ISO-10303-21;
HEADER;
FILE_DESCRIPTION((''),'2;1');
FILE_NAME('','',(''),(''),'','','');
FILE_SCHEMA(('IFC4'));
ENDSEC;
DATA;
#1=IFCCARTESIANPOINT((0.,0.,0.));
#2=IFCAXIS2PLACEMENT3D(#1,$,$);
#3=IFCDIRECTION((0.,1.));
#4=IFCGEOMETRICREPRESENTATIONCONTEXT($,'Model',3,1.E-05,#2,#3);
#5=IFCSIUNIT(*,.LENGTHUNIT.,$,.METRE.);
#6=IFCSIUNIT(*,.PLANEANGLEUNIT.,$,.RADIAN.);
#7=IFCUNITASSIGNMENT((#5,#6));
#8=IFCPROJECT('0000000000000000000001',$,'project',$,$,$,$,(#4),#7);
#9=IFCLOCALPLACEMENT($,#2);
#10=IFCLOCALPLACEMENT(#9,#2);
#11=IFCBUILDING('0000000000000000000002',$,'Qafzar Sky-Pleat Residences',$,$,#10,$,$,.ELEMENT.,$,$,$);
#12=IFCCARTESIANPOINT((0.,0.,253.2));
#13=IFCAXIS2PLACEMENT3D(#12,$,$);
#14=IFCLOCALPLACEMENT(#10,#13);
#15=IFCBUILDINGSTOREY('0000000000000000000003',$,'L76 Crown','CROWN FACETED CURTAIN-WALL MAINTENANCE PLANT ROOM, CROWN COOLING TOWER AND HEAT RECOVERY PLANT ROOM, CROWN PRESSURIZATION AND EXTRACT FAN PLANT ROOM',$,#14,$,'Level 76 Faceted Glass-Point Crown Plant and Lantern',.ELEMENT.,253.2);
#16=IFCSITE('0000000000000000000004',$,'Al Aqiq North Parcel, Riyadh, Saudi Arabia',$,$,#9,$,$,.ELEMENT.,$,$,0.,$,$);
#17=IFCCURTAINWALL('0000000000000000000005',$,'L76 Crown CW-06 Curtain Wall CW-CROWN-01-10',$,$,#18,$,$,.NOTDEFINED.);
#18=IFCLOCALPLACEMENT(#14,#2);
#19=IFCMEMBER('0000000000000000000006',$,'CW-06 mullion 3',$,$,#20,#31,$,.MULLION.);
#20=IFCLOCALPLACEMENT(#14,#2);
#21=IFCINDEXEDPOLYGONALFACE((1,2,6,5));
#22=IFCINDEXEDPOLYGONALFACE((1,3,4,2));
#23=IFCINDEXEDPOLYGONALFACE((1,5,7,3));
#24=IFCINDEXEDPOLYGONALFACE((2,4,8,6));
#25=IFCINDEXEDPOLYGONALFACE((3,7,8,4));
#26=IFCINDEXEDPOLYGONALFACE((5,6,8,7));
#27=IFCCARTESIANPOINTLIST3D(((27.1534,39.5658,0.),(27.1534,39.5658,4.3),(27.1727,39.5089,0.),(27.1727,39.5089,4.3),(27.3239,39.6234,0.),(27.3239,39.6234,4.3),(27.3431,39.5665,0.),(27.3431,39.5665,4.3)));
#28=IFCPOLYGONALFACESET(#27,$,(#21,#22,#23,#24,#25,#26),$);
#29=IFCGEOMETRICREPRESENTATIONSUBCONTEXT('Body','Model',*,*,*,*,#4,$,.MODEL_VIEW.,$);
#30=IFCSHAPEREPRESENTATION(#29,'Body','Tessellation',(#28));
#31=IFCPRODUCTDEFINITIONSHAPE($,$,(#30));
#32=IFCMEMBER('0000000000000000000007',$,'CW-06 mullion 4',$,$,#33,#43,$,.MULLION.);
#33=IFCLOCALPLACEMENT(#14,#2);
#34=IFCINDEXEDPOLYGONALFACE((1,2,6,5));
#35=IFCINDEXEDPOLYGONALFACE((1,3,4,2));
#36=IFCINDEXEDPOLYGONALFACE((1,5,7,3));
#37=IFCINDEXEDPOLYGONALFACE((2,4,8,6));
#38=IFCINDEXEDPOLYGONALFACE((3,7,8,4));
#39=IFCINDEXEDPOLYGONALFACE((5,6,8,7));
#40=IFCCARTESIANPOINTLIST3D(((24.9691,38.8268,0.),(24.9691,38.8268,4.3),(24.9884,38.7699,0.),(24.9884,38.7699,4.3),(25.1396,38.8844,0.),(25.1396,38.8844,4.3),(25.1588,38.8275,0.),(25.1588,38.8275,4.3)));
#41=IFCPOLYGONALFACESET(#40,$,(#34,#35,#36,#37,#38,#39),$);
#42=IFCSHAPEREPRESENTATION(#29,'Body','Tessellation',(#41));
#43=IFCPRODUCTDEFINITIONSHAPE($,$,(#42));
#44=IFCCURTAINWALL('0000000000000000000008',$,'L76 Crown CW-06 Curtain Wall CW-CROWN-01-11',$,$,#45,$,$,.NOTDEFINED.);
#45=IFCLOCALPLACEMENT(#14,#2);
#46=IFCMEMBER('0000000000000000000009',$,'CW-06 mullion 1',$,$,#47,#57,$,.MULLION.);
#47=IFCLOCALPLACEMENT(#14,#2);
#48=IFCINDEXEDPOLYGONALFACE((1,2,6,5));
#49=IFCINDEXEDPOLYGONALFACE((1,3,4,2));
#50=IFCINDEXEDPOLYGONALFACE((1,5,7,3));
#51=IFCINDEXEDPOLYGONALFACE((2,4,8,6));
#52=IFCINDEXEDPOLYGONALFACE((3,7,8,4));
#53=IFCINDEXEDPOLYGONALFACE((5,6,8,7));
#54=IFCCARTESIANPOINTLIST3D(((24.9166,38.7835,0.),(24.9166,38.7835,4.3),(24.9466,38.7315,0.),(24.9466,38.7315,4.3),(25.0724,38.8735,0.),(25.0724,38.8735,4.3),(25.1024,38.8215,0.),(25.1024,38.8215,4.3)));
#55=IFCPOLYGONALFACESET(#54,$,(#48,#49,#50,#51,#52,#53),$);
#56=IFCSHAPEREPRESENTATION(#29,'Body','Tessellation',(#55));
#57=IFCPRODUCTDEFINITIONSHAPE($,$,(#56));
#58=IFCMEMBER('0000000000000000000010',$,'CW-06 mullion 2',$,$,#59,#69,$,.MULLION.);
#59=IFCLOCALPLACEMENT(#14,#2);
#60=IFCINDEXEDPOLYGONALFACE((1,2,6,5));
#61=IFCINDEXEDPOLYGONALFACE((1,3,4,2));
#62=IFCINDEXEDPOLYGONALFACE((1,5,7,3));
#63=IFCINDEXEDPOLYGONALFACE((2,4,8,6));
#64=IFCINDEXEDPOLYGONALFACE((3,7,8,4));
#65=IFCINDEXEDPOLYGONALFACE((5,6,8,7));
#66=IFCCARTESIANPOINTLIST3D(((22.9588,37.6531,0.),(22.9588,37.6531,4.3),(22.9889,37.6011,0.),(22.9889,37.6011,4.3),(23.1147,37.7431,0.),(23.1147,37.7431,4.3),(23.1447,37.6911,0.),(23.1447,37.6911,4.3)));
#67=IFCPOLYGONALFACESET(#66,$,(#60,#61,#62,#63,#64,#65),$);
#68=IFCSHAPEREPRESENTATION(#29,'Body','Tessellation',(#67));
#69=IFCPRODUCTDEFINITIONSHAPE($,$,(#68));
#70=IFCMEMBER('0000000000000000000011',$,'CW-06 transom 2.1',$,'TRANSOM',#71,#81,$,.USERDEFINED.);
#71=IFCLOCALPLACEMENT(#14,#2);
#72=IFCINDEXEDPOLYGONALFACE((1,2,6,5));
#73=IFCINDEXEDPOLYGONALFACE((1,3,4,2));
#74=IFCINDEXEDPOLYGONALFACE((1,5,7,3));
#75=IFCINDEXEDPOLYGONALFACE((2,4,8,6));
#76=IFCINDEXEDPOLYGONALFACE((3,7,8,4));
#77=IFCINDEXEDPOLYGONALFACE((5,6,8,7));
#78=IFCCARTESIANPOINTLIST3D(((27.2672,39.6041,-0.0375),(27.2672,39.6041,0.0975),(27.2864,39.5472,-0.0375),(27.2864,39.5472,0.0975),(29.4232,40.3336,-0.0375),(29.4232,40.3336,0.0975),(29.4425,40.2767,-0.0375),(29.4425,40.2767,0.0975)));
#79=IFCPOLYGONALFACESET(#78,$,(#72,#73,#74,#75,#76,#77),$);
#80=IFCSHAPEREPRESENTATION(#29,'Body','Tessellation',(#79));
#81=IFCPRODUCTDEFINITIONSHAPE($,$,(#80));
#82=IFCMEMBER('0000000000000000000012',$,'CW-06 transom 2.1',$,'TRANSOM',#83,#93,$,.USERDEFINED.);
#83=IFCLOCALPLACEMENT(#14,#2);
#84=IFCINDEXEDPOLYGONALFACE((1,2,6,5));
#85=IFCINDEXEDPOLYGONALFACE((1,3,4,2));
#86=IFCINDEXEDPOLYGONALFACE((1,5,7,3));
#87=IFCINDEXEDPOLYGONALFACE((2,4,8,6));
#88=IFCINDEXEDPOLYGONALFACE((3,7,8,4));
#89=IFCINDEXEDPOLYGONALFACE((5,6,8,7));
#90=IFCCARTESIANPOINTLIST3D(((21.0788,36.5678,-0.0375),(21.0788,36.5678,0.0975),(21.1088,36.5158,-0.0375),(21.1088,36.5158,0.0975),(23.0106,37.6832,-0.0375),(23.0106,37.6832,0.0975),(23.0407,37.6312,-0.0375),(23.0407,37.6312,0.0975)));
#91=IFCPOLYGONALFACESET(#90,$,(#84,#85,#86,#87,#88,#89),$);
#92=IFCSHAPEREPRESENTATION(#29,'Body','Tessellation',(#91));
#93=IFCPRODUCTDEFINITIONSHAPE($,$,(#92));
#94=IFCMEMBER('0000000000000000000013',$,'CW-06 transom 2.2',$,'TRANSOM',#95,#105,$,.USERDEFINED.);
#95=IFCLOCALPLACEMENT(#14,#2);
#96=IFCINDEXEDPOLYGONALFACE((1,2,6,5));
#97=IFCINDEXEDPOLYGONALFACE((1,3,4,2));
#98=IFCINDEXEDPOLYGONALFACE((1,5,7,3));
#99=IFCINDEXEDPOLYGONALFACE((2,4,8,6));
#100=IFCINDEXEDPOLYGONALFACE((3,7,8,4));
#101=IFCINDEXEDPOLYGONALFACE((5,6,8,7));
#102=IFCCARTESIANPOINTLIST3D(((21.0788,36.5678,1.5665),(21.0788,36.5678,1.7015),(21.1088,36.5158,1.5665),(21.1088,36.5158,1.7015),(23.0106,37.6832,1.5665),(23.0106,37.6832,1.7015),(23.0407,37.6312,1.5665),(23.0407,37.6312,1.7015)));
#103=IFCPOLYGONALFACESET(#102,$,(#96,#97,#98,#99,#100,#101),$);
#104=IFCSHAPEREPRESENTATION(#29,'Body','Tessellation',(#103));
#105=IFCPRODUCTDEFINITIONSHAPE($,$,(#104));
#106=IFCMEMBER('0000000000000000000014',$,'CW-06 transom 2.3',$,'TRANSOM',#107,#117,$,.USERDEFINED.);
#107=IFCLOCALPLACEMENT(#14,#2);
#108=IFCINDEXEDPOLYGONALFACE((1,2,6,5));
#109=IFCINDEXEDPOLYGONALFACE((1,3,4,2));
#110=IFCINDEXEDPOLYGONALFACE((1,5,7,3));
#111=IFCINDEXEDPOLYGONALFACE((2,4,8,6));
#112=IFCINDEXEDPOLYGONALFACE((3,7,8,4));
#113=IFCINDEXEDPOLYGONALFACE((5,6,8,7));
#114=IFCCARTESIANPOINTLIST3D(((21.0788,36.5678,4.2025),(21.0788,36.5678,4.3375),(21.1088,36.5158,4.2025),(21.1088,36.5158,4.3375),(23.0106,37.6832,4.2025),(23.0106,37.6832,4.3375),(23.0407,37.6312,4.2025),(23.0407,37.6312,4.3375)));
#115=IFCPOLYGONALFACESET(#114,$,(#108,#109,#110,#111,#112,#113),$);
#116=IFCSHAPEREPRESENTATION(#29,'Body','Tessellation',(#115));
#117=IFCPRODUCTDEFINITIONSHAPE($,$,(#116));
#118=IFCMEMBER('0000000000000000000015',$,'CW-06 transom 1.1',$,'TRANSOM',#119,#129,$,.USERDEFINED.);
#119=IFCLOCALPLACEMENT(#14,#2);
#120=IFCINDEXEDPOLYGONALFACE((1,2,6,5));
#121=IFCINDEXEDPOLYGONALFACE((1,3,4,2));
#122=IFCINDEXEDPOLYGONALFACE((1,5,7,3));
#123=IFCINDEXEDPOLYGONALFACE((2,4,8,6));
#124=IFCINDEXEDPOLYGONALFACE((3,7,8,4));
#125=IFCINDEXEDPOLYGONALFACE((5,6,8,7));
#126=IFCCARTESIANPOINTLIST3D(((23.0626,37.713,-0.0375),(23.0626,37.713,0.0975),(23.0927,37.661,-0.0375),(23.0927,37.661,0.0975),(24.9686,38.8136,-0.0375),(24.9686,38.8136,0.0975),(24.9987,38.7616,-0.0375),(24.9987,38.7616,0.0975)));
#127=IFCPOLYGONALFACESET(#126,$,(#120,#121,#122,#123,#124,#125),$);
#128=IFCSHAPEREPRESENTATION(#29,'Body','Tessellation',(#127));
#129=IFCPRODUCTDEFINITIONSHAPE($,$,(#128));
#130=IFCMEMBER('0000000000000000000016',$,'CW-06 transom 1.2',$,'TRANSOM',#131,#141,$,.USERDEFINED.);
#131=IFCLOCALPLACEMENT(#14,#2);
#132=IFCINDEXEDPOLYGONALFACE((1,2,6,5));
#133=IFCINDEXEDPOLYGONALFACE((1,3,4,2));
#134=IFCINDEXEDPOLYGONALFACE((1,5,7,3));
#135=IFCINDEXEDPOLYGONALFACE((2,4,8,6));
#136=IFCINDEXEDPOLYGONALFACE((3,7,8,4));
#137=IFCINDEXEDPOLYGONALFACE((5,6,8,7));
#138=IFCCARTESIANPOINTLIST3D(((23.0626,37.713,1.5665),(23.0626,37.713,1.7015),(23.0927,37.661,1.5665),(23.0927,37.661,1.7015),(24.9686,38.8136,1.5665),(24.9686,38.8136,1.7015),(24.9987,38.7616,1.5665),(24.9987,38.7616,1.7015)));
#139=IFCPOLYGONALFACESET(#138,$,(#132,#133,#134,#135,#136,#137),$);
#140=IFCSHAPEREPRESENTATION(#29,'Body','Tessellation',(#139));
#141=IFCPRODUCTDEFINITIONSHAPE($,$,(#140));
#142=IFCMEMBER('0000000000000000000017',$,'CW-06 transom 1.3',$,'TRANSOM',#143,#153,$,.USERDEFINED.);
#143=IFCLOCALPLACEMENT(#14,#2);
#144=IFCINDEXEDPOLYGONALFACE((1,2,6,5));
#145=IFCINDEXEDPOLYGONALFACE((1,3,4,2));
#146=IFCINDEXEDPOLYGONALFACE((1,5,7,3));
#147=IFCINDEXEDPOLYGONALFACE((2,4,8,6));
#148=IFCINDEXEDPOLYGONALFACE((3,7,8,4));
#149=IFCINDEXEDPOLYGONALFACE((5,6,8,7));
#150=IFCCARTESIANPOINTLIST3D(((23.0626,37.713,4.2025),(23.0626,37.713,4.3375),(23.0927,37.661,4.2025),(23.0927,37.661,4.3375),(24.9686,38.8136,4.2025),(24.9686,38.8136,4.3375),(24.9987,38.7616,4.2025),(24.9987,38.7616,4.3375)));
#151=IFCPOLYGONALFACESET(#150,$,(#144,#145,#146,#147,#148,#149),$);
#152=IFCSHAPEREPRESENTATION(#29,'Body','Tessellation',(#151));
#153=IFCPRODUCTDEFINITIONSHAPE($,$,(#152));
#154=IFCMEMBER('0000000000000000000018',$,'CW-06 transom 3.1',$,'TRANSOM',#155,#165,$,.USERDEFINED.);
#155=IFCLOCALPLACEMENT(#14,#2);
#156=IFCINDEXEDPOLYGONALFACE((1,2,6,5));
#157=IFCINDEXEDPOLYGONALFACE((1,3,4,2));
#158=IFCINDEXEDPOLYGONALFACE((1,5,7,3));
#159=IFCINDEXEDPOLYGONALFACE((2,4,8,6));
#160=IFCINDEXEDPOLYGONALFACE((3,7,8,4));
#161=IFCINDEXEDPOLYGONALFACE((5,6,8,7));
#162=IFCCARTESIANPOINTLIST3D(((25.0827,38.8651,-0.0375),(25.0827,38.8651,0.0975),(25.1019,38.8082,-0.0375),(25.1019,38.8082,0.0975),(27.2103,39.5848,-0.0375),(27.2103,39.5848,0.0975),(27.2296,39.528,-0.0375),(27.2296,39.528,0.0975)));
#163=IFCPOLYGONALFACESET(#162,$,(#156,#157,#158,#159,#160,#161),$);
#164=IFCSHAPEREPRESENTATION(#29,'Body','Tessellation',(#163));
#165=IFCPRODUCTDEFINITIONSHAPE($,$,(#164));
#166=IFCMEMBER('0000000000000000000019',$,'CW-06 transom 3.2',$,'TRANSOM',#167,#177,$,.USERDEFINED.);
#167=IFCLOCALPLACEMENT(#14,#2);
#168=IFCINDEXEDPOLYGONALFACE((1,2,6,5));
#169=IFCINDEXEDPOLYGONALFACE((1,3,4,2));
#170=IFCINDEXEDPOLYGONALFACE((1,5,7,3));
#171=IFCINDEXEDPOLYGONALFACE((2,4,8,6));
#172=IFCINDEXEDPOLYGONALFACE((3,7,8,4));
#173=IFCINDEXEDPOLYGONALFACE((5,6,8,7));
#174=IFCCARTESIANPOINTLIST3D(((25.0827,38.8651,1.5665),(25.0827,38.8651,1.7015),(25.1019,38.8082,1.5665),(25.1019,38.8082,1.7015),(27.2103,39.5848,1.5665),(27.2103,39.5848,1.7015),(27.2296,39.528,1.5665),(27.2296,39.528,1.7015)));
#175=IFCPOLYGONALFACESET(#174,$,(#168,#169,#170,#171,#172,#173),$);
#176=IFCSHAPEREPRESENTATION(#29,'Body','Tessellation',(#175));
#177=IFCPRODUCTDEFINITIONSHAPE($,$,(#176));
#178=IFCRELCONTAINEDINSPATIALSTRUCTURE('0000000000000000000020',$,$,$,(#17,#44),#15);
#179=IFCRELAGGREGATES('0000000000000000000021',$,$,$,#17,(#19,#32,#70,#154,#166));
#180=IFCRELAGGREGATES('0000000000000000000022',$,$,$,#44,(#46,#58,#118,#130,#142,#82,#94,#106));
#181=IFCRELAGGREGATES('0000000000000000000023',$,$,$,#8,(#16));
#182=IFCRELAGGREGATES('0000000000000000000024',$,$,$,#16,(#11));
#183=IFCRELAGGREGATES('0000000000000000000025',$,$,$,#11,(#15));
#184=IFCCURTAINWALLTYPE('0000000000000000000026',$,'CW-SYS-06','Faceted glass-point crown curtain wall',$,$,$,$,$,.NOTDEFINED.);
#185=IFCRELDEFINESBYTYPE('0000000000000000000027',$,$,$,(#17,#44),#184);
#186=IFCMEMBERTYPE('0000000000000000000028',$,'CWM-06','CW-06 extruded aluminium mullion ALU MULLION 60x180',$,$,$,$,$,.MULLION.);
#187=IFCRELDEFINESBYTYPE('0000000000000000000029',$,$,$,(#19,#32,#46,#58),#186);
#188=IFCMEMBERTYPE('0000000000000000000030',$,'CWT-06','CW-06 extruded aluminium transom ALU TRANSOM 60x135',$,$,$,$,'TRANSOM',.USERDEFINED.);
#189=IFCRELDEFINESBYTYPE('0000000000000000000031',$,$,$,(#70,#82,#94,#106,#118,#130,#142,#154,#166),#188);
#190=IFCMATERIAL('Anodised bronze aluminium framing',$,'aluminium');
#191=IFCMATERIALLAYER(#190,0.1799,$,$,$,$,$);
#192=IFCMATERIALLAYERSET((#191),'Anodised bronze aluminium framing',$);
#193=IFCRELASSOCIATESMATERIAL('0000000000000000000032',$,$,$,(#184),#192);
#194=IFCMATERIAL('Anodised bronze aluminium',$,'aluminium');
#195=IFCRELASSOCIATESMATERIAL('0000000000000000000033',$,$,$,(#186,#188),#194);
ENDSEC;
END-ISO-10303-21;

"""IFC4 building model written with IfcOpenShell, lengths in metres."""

from ifc_helpers import new_model, si_unit, direction, frame, origin, origin_2d, place, context, subcontext, project, spatial, rectangle, extrude, source, transform, mapped, material, layer, layer_set, material_profile, profile_set, type_object, element, aggregate, save


model = new_model("IFC4")

# Units and contexts
model_context = context("Model", 3, precision=1e-05, world=origin(), true_north=direction((0.0, 1.0)))
body_context = subcontext(model_context, "Body", "Model", "MODEL_VIEW")
ifc_project = project(units=[si_unit("LENGTHUNIT", "METRE"), si_unit("PLANEANGLEUNIT", "RADIAN")], contexts=[model_context])

# Site, building, storey
site_placement = place(None, origin())
site = spatial("IfcSite", under=ifc_project, at=site_placement, Name="Al Aqiq North Parcel, Riyadh, Saudi Arabia", CompositionType="ELEMENT", RefElevation=0.0)
building_placement = place(site_placement, origin())
building = spatial("IfcBuilding", under=site, at=building_placement, Name="Qafzar Sky-Pleat Residences", CompositionType="ELEMENT")
storey_placement = place(building_placement, frame((0.0, 0.0, 253.2)))
storey = spatial("IfcBuildingStorey", under=building, at=storey_placement, Name="L76 Crown", Description="CROWN FACETED CURTAIN-WALL MAINTENANCE PLANT ROOM, CROWN COOLING TOWER AND HEAT RECOVERY PLANT ROOM, CROWN PRESSURIZATION AND EXTRACT FAN PLANT ROOM", LongName="Level 76 Faceted Glass-Point Crown Plant and Lantern", CompositionType="ELEMENT", Elevation=253.2)

# Curtain walls, members
ifc_material_1 = material(Name="Anodised bronze aluminium framing", Category="aluminium")
ifc_layer_1 = layer(ifc_material_1, 0.1799)
ifc_layer_set_1 = layer_set([ifc_layer_1], Name="Anodised bronze aluminium framing")
curtain_wall_type = type_object("IfcCurtainWallType", Name="CW-SYS-06", Description="Faceted glass-point crown curtain wall", PredefinedType="NOTDEFINED", material=ifc_layer_set_1)
curtain_wall_1_placement = place(storey_placement, origin())
curtain_wall_1 = element("IfcCurtainWall", 1, at=curtain_wall_1_placement, inside=storey, type_object=curtain_wall_type, Name="L76 Crown CW-06 Curtain Wall CW-CROWN-01-10", PredefinedType="NOTDEFINED")
ifc_material_2 = material(Name="Anodised bronze aluminium", Category="aluminium")
ifc_material_profile_1 = material_profile(ifc_material_2, rectangle(XDim=0.0601, YDim=0.1799, at=origin_2d()), Name="ALU MULLION 60x180")
ifc_profile_set_1 = profile_set([ifc_material_profile_1], Name="Anodised bronze aluminium")
member_type_1 = type_object("IfcMemberType", Name="CWM-06", Description="CW-06 extruded aluminium mullion ALU MULLION 60x180", PredefinedType="MULLION", material=ifc_profile_set_1)
shared_shape_1 = source(origin(), body_context, "Body", "SweptSolid", [
    extrude(rectangle(XDim=0.0601, YDim=0.1799, at=origin_2d()), origin(), (0.0, 0.0, 1.0), 4.3),
])
member_1_placement = place(storey_placement, frame((27.2483, 39.5662, 0.0), z_axis=(0.0, 0.0, 1.0), x_axis=(0.320454, -0.947264, 0.0)))
member_1 = element("IfcMember", 2, at=member_1_placement, type_object=member_type_1, Name="CW-06 mullion 3", PredefinedType="MULLION", context=body_context, shape_type="MappedRepresentation", body=[
    mapped(shared_shape_1, transform((0.0, 0.0, 0.0), x_axis=(1.0, 0.0, 0.0), y_axis=(0.0, 1.0, 0.0), z_axis=(0.0, 0.0, 1.0), scale=1.0)),
])
member_2_placement = place(storey_placement, frame((25.064, 38.8271, 0.0), z_axis=(0.0, 0.0, 1.0), x_axis=(0.320454, -0.947264, 0.0)))
member_2 = element("IfcMember", 3, at=member_2_placement, type_object=member_type_1, Name="CW-06 mullion 4", PredefinedType="MULLION", context=body_context, shape_type="MappedRepresentation", body=[
    mapped(shared_shape_1, transform((0.0, 0.0, 0.0), x_axis=(1.0, 0.0, 0.0), y_axis=(0.0, 1.0, 0.0), z_axis=(0.0, 0.0, 1.0), scale=1.0)),
])
curtain_wall_2_placement = place(storey_placement, origin())
curtain_wall_2 = element("IfcCurtainWall", 4, at=curtain_wall_2_placement, inside=storey, type_object=curtain_wall_type, Name="L76 Crown CW-06 Curtain Wall CW-CROWN-01-11", PredefinedType="NOTDEFINED")
member_3_placement = place(storey_placement, frame((25.0095, 38.8025, 0.0), z_axis=(0.0, 0.0, 1.0), x_axis=(0.5, -0.866025, 0.0)))
member_3 = element("IfcMember", 5, at=member_3_placement, type_object=member_type_1, Name="CW-06 mullion 1", PredefinedType="MULLION", context=body_context, shape_type="MappedRepresentation", body=[
    mapped(shared_shape_1, transform((0.0, 0.0, 0.0), x_axis=(1.0, 0.0, 0.0), y_axis=(0.0, 1.0, 0.0), z_axis=(0.0, 0.0, 1.0), scale=1.0)),
])
member_4_placement = place(storey_placement, frame((23.0518, 37.6721, 0.0), z_axis=(0.0, 0.0, 1.0), x_axis=(0.5, -0.866025, 0.0)))
member_4 = element("IfcMember", 6, at=member_4_placement, type_object=member_type_1, Name="CW-06 mullion 2", PredefinedType="MULLION", context=body_context, shape_type="MappedRepresentation", body=[
    mapped(shared_shape_1, transform((0.0, 0.0, 0.0), x_axis=(1.0, 0.0, 0.0), y_axis=(0.0, 1.0, 0.0), z_axis=(0.0, 0.0, 1.0), scale=1.0)),
])

# Members
ifc_material_profile_2 = material_profile(ifc_material_2, rectangle(XDim=0.0601, YDim=0.135, at=origin_2d()), Name="ALU TRANSOM 60x135")
ifc_profile_set_2 = profile_set([ifc_material_profile_2], Name="Anodised bronze aluminium")
member_type_2 = type_object("IfcMemberType", Name="CWT-06", Description="CW-06 extruded aluminium transom ALU TRANSOM 60x135", ElementType="TRANSOM", PredefinedType="USERDEFINED", material=ifc_profile_set_2)
shared_shape_2 = source(origin(), body_context, "Body", "SweptSolid", [
    extrude(rectangle(XDim=0.0601, YDim=0.135, at=origin_2d()), origin(), (0.0, 0.0, 1.0), 2.2761),
])
member_5_placement = place(storey_placement, frame((29.4329, 40.3052, 0.03), z_axis=(-0.947247, -0.320504, 0.0), x_axis=(0.320504, -0.947247, 0.0)))
member_5 = element("IfcMember", 7, at=member_5_placement, type_object=member_type_2, Name="CW-06 transom 2.1", ObjectType="TRANSOM", PredefinedType="USERDEFINED", context=body_context, shape_type="MappedRepresentation", body=[
    mapped(shared_shape_2, transform((0.0, 0.0, 0.0), x_axis=(1.0, 0.0, 0.0), y_axis=(0.0, 1.0, 0.0), z_axis=(0.0, 0.0, 1.0), scale=1.0)),
])
shared_shape_3 = source(origin(), body_context, "Body", "SweptSolid", [
    extrude(rectangle(XDim=0.0601, YDim=0.135, at=origin_2d()), origin(), (0.0, 0.0, 1.0), 2.2307),
])
member_6_placement = place(storey_placement, frame((23.0256, 37.6572, 0.03), z_axis=(-0.866005, -0.500035, 0.0), x_axis=(0.500035, -0.866005, 0.0)))
member_6 = element("IfcMember", 8, at=member_6_placement, type_object=member_type_2, Name="CW-06 transom 2.1", ObjectType="TRANSOM", PredefinedType="USERDEFINED", context=body_context, shape_type="MappedRepresentation", body=[
    mapped(shared_shape_3, transform((0.0, 0.0, 0.0), x_axis=(1.0, 0.0, 0.0), y_axis=(0.0, 1.0, 0.0), z_axis=(0.0, 0.0, 1.0), scale=1.0)),
])
member_7_placement = place(storey_placement, frame((23.0256, 37.6572, 1.634), z_axis=(-0.866005, -0.500035, 0.0), x_axis=(0.500035, -0.866005, 0.0)))
member_7 = element("IfcMember", 9, at=member_7_placement, type_object=member_type_2, Name="CW-06 transom 2.2", ObjectType="TRANSOM", PredefinedType="USERDEFINED", context=body_context, shape_type="MappedRepresentation", body=[
    mapped(shared_shape_3, transform((0.0, 0.0, 0.0), x_axis=(1.0, 0.0, 0.0), y_axis=(0.0, 1.0, 0.0), z_axis=(0.0, 0.0, 1.0), scale=1.0)),
])
member_8_placement = place(storey_placement, frame((23.0256, 37.6572, 4.27), z_axis=(-0.866005, -0.500035, 0.0), x_axis=(0.500035, -0.866005, 0.0)))
member_8 = element("IfcMember", 10, at=member_8_placement, type_object=member_type_2, Name="CW-06 transom 2.3", ObjectType="TRANSOM", PredefinedType="USERDEFINED", context=body_context, shape_type="MappedRepresentation", body=[
    mapped(shared_shape_3, transform((0.0, 0.0, 0.0), x_axis=(1.0, 0.0, 0.0), y_axis=(0.0, 1.0, 0.0), z_axis=(0.0, 0.0, 1.0), scale=1.0)),
])
shared_shape_4 = source(origin(), body_context, "Body", "SweptSolid", [
    extrude(rectangle(XDim=0.0601, YDim=0.135, at=origin_2d()), origin(), (0.0, 0.0, 1.0), 2.2009),
])
member_9_placement = place(storey_placement, frame((24.9836, 38.7876, 0.03), z_axis=(-0.865995, -0.500052, 0.0), x_axis=(0.500052, -0.865995, 0.0)))
member_9 = element("IfcMember", 11, at=member_9_placement, type_object=member_type_2, Name="CW-06 transom 1.1", ObjectType="TRANSOM", PredefinedType="USERDEFINED", context=body_context, shape_type="MappedRepresentation", body=[
    mapped(shared_shape_4, transform((0.0, 0.0, 0.0), x_axis=(1.0, 0.0, 0.0), y_axis=(0.0, 1.0, 0.0), z_axis=(0.0, 0.0, 1.0), scale=1.0)),
])
member_10_placement = place(storey_placement, frame((24.9836, 38.7876, 1.634), z_axis=(-0.865995, -0.500052, 0.0), x_axis=(0.500052, -0.865995, 0.0)))
member_10 = element("IfcMember", 12, at=member_10_placement, type_object=member_type_2, Name="CW-06 transom 1.2", ObjectType="TRANSOM", PredefinedType="USERDEFINED", context=body_context, shape_type="MappedRepresentation", body=[
    mapped(shared_shape_4, transform((0.0, 0.0, 0.0), x_axis=(1.0, 0.0, 0.0), y_axis=(0.0, 1.0, 0.0), z_axis=(0.0, 0.0, 1.0), scale=1.0)),
])
member_11_placement = place(storey_placement, frame((24.9836, 38.7876, 4.27), z_axis=(-0.865995, -0.500052, 0.0), x_axis=(0.500052, -0.865995, 0.0)))
member_11 = element("IfcMember", 13, at=member_11_placement, type_object=member_type_2, Name="CW-06 transom 1.3", ObjectType="TRANSOM", PredefinedType="USERDEFINED", context=body_context, shape_type="MappedRepresentation", body=[
    mapped(shared_shape_4, transform((0.0, 0.0, 0.0), x_axis=(1.0, 0.0, 0.0), y_axis=(0.0, 1.0, 0.0), z_axis=(0.0, 0.0, 1.0), scale=1.0)),
])
shared_shape_5 = source(origin(), body_context, "Body", "SweptSolid", [
    extrude(rectangle(XDim=0.0601, YDim=0.135, at=origin_2d()), origin(), (0.0, 0.0, 1.0), 2.2461),
])
member_12_placement = place(storey_placement, frame((27.22, 39.5564, 0.03), z_axis=(-0.947272, -0.320431, 0.0), x_axis=(0.320431, -0.947272, 0.0)))
member_12 = element("IfcMember", 14, at=member_12_placement, type_object=member_type_2, Name="CW-06 transom 3.1", ObjectType="TRANSOM", PredefinedType="USERDEFINED", context=body_context, shape_type="MappedRepresentation", body=[
    mapped(shared_shape_5, transform((0.0, 0.0, 0.0), x_axis=(1.0, 0.0, 0.0), y_axis=(0.0, 1.0, 0.0), z_axis=(0.0, 0.0, 1.0), scale=1.0)),
])
member_13_placement = place(storey_placement, frame((27.22, 39.5564, 1.634), z_axis=(-0.947272, -0.320431, 0.0), x_axis=(0.320431, -0.947272, 0.0)))
member_13 = element("IfcMember", 15, at=member_13_placement, type_object=member_type_2, Name="CW-06 transom 3.2", ObjectType="TRANSOM", PredefinedType="USERDEFINED", context=body_context, shape_type="MappedRepresentation", body=[
    mapped(shared_shape_5, transform((0.0, 0.0, 0.0), x_axis=(1.0, 0.0, 0.0), y_axis=(0.0, 1.0, 0.0), z_axis=(0.0, 0.0, 1.0), scale=1.0)),
])

aggregate(curtain_wall_1, [member_1, member_2, member_5, member_12, member_13])
aggregate(curtain_wall_2, [member_3, member_4, member_9, member_10, member_11, member_6, member_7, member_8])

save(model, "model.ifc")
